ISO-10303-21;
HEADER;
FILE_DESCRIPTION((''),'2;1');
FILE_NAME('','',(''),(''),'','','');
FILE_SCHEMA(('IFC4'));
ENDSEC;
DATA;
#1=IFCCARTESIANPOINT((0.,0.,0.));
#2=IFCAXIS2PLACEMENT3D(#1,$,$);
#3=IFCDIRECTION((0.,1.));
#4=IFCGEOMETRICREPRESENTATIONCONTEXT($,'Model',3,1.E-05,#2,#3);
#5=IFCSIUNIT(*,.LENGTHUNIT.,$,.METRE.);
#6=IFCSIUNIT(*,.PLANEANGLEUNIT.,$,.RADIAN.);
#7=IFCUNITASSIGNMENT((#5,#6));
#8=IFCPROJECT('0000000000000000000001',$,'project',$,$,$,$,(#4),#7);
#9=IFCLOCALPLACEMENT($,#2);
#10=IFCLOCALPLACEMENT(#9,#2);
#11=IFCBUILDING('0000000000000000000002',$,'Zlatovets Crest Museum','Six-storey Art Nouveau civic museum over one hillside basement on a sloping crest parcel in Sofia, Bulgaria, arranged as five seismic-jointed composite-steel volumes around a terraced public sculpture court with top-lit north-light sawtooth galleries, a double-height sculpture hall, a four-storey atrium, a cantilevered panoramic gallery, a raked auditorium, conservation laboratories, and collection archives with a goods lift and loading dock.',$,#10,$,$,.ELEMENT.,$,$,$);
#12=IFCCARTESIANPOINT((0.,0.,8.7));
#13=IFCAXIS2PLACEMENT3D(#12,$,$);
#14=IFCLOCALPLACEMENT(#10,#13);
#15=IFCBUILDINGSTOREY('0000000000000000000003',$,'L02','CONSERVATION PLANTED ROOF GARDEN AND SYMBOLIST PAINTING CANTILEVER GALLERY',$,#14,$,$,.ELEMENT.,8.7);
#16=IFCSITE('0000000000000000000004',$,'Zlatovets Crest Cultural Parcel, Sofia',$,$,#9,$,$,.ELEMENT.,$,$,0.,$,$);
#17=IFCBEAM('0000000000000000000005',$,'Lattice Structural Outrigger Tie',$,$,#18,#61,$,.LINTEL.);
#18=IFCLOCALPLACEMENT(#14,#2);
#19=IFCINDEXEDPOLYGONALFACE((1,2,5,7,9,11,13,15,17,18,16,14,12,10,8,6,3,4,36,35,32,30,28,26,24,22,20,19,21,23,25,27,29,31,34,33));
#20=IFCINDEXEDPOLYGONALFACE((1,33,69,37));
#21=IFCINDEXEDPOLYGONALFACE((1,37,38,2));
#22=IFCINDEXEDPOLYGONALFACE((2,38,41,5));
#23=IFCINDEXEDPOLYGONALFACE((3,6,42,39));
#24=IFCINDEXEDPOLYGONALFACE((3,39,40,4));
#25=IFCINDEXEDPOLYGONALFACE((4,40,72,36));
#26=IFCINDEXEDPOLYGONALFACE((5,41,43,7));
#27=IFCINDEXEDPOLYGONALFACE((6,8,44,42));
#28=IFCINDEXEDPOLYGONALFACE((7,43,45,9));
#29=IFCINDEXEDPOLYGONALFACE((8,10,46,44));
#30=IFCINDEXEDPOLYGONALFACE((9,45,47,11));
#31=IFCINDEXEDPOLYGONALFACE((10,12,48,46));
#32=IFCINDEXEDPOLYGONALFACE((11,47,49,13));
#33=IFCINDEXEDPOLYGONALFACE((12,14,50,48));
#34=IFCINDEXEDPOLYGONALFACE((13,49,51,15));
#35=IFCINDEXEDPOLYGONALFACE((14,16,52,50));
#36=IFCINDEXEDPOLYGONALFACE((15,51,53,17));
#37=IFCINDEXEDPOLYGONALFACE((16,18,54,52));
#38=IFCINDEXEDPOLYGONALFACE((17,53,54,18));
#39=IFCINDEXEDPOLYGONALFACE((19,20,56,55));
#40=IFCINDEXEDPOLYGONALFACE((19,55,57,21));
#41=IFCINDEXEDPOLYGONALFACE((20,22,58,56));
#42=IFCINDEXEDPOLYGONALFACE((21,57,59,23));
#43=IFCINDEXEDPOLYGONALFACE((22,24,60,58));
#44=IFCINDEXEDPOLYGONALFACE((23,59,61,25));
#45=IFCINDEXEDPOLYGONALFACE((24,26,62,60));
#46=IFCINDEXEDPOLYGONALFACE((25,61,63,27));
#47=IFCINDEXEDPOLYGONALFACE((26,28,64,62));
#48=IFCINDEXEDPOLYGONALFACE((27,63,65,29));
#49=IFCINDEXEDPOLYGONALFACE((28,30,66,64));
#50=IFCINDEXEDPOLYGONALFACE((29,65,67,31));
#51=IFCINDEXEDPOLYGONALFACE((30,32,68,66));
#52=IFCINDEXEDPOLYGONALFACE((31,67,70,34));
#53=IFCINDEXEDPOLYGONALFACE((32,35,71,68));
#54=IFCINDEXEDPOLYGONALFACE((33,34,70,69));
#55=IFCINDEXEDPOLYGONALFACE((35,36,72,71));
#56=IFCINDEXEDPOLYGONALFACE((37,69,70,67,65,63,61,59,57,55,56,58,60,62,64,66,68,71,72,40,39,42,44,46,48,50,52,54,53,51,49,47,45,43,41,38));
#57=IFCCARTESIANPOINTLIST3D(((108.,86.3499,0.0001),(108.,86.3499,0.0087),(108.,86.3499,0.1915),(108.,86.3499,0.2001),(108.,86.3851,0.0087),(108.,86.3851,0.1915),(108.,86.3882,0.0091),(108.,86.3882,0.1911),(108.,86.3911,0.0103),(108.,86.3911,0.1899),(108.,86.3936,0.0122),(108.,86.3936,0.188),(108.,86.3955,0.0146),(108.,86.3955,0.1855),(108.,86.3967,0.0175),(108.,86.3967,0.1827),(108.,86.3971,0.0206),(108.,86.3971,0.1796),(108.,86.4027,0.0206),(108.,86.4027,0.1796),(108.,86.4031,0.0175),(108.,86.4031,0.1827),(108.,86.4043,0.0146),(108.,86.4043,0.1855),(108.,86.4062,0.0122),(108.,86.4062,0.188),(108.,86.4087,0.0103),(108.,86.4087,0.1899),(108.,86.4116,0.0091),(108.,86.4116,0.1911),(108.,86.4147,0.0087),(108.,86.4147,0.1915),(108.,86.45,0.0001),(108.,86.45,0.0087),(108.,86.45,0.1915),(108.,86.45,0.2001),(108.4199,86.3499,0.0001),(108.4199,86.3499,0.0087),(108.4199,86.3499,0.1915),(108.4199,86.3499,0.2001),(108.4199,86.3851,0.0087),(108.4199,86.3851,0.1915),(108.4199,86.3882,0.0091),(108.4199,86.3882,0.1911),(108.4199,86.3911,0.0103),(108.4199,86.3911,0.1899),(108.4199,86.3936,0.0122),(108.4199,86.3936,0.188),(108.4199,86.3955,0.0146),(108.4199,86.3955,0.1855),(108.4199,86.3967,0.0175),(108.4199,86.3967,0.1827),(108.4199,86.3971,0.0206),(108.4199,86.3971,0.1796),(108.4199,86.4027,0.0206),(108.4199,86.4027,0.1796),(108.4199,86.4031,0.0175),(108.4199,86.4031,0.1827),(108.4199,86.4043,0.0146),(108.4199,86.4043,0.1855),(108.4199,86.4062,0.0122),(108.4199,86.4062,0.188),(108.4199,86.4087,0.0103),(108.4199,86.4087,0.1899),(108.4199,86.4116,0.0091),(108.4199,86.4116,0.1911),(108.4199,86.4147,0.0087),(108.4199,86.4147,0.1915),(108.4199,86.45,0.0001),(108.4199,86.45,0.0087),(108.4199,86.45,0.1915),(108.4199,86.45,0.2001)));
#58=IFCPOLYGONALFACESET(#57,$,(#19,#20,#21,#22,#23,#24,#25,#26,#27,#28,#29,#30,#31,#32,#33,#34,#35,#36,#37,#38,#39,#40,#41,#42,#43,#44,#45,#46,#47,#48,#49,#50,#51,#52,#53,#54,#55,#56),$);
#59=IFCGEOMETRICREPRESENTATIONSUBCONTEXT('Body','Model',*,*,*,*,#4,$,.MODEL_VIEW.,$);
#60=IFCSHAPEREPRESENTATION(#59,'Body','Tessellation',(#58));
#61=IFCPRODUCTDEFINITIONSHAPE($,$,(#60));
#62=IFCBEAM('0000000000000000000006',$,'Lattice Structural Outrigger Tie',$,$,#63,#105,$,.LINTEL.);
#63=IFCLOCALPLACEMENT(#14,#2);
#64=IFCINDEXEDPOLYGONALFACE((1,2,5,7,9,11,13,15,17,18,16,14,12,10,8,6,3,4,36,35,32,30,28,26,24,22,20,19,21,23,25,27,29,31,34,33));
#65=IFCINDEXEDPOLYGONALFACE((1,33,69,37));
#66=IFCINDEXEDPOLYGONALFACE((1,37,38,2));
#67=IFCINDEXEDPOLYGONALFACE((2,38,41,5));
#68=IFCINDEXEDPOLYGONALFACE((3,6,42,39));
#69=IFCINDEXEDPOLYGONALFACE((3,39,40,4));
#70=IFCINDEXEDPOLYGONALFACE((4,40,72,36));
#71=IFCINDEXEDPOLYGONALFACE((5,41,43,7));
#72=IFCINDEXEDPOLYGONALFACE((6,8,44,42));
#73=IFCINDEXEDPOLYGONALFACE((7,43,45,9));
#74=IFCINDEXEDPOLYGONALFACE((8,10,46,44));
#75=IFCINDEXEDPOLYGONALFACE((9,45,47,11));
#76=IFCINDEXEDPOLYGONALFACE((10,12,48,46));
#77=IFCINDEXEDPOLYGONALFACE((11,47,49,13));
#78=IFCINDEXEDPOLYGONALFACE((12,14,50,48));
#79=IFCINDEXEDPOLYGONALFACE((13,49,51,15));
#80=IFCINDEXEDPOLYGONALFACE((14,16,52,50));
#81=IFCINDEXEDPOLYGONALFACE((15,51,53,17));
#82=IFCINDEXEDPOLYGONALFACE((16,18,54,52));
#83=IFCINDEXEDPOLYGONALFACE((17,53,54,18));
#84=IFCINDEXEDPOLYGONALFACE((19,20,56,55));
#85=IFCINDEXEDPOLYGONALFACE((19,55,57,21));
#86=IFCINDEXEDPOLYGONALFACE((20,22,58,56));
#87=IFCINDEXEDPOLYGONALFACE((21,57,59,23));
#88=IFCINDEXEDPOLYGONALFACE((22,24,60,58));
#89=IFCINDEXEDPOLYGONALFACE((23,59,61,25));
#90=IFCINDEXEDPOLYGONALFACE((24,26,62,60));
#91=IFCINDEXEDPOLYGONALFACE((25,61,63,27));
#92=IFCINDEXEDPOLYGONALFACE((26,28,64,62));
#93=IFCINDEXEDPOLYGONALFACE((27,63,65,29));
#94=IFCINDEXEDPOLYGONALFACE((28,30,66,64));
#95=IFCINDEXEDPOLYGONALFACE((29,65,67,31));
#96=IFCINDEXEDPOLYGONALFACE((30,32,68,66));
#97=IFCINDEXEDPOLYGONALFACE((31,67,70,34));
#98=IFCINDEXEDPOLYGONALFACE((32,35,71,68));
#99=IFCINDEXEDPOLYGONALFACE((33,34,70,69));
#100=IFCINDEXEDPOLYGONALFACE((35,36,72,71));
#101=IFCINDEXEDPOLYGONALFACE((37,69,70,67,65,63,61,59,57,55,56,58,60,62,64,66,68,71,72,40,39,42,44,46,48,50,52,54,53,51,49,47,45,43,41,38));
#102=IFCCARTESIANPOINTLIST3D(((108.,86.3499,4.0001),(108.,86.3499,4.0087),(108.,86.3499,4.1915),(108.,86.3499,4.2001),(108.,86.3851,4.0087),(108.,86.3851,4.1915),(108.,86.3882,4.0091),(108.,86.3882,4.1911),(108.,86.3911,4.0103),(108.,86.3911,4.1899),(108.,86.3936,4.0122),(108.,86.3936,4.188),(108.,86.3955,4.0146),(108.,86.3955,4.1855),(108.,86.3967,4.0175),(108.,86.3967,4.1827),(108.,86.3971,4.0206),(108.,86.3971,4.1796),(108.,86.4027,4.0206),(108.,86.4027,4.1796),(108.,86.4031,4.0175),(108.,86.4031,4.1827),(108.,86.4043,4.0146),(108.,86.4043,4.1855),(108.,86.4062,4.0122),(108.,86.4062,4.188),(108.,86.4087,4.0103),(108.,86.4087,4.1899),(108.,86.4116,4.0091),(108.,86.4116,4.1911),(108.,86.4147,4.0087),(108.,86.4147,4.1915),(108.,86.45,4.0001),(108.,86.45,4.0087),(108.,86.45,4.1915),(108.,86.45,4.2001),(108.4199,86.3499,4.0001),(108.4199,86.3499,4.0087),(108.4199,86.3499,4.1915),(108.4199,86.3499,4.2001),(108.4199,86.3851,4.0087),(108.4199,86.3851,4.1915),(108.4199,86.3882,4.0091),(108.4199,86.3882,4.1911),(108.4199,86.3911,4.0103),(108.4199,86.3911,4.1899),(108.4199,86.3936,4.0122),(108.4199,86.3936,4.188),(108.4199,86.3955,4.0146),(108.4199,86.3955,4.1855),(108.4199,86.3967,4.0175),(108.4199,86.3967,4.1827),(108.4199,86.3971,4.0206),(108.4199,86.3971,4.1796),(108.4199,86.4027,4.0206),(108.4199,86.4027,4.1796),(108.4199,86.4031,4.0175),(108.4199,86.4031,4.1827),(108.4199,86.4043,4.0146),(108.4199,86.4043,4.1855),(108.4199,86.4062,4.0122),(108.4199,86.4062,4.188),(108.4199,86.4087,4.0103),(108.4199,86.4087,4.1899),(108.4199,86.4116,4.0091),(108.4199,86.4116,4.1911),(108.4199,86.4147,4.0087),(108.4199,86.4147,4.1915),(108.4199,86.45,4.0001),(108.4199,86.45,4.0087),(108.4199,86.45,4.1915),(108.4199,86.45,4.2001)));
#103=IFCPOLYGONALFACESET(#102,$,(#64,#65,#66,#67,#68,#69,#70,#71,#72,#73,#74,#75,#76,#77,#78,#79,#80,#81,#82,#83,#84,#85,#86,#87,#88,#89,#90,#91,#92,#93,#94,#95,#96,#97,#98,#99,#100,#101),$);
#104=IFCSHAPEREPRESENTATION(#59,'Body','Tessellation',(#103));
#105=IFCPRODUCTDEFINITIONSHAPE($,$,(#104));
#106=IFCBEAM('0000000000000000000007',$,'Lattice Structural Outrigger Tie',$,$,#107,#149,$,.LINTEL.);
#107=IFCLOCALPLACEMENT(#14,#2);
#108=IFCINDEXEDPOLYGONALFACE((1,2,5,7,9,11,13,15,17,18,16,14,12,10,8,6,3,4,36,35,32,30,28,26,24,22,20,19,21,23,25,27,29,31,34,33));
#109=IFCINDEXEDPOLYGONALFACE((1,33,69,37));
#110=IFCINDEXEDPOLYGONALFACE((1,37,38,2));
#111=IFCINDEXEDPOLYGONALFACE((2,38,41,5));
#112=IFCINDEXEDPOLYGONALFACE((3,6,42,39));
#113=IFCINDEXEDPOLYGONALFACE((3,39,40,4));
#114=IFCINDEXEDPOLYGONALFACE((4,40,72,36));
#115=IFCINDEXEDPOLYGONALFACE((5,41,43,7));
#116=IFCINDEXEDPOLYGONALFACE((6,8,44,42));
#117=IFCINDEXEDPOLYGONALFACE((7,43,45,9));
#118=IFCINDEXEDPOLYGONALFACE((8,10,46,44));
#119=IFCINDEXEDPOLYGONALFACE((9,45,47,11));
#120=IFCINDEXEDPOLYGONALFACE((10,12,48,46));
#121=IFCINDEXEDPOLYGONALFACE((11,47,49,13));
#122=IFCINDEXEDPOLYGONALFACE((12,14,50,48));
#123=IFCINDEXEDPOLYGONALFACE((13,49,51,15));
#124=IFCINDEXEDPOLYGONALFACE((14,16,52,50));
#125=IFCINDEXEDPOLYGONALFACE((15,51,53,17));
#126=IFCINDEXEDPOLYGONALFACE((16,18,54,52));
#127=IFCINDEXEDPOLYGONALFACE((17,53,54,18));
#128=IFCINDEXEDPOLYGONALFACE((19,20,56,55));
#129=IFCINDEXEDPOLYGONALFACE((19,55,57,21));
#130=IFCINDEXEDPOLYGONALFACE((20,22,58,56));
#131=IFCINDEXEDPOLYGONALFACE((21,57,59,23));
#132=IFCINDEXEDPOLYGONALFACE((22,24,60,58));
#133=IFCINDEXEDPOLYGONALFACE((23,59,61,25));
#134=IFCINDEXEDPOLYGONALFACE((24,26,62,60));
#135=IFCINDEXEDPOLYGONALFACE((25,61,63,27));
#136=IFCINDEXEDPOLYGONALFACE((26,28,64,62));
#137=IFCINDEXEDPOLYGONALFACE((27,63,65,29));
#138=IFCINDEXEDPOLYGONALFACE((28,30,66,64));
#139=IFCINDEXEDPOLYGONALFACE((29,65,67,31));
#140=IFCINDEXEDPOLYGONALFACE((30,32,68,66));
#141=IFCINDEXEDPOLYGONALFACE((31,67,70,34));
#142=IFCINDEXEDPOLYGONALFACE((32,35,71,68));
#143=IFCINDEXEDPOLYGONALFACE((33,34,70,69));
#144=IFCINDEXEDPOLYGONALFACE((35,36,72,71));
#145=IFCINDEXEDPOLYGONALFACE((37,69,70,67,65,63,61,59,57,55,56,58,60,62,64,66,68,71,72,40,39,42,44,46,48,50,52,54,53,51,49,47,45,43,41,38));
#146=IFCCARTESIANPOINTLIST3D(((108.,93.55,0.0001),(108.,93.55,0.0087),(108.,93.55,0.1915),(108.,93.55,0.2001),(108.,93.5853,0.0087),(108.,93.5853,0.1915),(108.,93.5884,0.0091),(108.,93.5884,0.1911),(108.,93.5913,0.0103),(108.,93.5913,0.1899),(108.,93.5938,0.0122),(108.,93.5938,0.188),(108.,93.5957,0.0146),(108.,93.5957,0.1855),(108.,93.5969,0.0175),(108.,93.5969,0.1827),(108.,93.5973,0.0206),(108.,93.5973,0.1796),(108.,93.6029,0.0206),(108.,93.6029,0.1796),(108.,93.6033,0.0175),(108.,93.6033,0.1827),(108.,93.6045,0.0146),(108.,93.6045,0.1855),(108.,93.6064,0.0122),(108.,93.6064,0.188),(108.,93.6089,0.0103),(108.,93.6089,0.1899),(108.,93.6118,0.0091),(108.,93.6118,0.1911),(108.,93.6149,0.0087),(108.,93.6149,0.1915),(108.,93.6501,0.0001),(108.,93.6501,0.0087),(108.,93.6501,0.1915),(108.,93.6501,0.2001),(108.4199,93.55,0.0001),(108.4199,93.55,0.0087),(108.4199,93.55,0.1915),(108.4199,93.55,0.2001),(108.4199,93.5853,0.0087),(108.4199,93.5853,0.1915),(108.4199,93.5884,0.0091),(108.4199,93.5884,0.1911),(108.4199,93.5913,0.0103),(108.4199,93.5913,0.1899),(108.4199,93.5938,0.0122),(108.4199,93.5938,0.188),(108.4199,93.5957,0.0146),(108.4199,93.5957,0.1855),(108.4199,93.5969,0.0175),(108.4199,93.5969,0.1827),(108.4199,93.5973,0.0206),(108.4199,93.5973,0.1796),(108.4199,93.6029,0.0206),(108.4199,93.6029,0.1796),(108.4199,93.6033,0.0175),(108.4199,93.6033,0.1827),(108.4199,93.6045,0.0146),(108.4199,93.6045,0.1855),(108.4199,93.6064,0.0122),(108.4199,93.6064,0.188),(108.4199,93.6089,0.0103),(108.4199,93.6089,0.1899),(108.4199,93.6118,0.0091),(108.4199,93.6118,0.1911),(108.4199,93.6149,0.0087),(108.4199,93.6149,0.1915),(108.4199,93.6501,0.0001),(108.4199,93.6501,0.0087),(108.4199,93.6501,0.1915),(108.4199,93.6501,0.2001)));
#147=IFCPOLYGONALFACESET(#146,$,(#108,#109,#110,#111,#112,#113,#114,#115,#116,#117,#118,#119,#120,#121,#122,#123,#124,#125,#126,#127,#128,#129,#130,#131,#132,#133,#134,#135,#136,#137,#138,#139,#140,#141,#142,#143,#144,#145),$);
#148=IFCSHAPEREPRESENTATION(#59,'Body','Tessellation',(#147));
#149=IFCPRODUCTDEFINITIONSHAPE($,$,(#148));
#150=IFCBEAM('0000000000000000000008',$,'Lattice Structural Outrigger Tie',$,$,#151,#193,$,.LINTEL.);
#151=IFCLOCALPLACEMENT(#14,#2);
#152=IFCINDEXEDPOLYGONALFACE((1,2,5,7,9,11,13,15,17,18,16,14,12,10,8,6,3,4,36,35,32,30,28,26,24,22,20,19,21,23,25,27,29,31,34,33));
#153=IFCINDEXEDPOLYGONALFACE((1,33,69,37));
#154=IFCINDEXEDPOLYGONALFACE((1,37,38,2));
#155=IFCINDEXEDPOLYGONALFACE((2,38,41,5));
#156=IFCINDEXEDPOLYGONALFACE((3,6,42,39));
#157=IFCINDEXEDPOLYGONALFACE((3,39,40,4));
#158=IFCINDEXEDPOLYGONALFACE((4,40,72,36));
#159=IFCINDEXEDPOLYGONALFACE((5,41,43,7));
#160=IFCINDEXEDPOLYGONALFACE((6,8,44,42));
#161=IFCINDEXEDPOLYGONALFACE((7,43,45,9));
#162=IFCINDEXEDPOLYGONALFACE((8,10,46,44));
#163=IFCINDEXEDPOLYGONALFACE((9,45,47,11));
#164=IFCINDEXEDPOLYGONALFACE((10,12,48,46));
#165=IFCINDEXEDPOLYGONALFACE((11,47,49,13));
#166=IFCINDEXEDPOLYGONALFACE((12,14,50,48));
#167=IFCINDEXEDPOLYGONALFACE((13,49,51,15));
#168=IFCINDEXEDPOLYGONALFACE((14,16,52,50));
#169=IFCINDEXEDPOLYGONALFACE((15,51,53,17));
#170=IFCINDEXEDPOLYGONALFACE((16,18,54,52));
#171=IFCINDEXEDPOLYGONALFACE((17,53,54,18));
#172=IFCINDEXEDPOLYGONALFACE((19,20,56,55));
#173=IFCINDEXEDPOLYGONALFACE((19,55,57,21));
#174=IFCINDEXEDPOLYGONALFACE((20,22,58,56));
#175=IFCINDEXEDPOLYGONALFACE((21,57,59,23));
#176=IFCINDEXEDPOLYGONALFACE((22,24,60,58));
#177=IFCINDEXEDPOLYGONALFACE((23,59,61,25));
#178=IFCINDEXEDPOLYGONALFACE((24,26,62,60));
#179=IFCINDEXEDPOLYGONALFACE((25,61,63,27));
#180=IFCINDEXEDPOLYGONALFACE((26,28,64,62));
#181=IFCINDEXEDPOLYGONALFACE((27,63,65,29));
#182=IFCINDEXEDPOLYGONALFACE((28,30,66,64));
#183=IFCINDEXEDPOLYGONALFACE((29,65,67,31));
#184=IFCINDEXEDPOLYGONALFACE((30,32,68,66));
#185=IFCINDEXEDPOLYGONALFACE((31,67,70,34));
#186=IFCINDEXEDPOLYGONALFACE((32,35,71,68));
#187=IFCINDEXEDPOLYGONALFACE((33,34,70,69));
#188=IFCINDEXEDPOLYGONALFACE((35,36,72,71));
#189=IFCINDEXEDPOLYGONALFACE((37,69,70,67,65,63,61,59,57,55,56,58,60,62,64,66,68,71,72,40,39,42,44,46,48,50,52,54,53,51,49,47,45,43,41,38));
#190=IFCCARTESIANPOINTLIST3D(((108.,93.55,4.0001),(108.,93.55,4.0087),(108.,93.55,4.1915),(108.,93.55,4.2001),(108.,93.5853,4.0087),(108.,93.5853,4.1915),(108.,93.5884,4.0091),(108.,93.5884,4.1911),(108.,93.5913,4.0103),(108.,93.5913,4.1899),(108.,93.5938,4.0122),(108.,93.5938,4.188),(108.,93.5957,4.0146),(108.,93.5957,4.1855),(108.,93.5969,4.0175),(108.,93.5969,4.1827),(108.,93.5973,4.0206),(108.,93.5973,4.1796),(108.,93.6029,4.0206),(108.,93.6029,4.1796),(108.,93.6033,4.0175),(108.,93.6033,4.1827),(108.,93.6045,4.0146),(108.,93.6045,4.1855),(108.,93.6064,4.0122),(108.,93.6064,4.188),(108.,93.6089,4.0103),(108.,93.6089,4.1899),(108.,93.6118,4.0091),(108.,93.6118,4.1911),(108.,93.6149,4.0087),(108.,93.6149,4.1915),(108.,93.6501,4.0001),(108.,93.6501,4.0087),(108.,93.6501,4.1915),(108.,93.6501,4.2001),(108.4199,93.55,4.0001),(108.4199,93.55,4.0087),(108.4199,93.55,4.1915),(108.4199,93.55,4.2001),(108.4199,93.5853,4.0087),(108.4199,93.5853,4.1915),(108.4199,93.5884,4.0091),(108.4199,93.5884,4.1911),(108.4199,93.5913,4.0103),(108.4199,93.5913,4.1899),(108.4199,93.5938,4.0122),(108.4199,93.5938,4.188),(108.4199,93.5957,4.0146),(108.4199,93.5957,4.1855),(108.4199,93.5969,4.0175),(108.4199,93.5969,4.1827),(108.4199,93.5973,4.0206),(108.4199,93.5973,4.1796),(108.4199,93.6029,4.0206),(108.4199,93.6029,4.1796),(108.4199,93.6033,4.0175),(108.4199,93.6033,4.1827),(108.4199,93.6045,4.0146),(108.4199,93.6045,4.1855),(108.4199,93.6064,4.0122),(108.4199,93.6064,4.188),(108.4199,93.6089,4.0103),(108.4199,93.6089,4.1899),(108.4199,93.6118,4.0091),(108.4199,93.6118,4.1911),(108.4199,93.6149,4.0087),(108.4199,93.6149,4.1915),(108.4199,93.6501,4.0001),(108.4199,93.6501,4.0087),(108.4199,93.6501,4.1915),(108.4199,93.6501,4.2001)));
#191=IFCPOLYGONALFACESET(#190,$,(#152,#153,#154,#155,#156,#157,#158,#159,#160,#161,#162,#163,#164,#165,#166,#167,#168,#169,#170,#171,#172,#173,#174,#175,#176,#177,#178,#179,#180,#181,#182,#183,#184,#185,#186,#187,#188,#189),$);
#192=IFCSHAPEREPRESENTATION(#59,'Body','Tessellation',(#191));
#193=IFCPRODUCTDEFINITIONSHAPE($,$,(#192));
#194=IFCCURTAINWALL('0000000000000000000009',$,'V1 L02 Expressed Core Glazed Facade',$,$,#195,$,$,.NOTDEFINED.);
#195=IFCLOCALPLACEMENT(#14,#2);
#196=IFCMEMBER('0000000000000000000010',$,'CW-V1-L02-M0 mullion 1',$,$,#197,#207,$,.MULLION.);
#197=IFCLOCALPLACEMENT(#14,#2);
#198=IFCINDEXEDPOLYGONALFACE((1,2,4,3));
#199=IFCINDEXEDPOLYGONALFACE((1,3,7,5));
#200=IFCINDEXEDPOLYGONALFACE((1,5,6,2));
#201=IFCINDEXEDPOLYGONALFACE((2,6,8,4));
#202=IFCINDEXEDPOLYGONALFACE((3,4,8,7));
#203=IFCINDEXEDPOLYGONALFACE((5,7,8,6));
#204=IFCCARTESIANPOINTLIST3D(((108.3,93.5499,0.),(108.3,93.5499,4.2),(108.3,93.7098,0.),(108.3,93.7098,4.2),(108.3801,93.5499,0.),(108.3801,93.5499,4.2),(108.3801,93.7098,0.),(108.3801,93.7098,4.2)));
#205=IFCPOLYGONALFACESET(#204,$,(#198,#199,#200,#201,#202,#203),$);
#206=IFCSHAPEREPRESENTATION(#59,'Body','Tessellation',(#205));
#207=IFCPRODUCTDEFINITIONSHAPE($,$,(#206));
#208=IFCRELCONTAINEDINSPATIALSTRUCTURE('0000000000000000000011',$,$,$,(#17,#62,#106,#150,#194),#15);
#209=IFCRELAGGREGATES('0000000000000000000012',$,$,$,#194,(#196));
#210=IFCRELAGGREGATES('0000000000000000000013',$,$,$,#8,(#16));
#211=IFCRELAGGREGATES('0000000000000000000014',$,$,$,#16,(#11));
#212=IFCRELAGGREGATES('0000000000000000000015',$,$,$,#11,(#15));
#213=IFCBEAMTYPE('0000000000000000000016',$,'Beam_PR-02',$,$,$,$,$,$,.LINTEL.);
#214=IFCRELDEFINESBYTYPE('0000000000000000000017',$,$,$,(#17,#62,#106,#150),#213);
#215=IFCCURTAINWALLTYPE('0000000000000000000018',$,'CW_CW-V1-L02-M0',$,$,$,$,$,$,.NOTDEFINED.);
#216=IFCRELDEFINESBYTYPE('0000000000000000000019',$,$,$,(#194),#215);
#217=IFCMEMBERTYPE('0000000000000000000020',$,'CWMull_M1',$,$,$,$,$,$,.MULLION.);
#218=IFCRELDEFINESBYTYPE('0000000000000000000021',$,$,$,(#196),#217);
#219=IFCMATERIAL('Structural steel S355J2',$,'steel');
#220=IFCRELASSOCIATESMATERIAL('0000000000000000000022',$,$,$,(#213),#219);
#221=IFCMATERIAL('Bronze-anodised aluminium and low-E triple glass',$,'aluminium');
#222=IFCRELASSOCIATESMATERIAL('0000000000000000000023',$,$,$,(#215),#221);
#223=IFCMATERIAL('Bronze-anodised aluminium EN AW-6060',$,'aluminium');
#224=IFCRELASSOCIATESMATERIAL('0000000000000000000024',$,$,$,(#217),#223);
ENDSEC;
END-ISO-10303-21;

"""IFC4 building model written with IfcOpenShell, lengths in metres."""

from ifc_helpers import new_model, si_unit, direction, frame, origin, origin_2d, place, context, subcontext, project, spatial, rectangle, i_section, extrude, material, material_profile, profile_set, type_object, element, aggregate, save


model = new_model("IFC4")

# Units and contexts
model_context = context("Model", 3, precision=1e-05, world=origin(), true_north=direction((0.0, 1.0)))
body_context = subcontext(model_context, "Body", "Model", "MODEL_VIEW")
ifc_project = project(units=[si_unit("LENGTHUNIT", "METRE"), si_unit("PLANEANGLEUNIT", "RADIAN")], contexts=[model_context])

# Site, building, storey
site_placement = place(None, origin())
site = spatial("IfcSite", under=ifc_project, at=site_placement, Name="Zlatovets Crest Cultural Parcel, Sofia", CompositionType="ELEMENT", RefElevation=0.0)
building_placement = place(site_placement, origin())
building = spatial("IfcBuilding", under=site, at=building_placement, Name="Zlatovets Crest Museum", Description="Six-storey Art Nouveau civic museum over one hillside basement on a sloping crest parcel in Sofia, Bulgaria, arranged as five seismic-jointed composite-steel volumes around a terraced public sculpture court with top-lit north-light sawtooth galleries, a double-height sculpture hall, a four-storey atrium, a cantilevered panoramic gallery, a raked auditorium, conservation laboratories, and collection archives with a goods lift and loading dock.", CompositionType="ELEMENT")
storey_placement = place(building_placement, frame((0.0, 0.0, 8.7)))
storey = spatial("IfcBuildingStorey", under=building, at=storey_placement, Name="L02", Description="CONSERVATION PLANTED ROOF GARDEN AND SYMBOLIST PAINTING CANTILEVER GALLERY", CompositionType="ELEMENT", Elevation=8.7)

# Shared definitions
ifc_material_1 = material(Name="Structural steel S355J2", Category="steel")

# Beams
ifc_material_profile_1 = material_profile(ifc_material_1, i_section(OverallWidth=0.1001, OverallDepth=0.2, WebThickness=0.0056, FlangeThickness=0.0085, FilletRadius=0.012, at=origin_2d()), Name="IPE 200")
ifc_profile_set_1 = profile_set([ifc_material_profile_1], Name="Structural steel S355J2")
beam_type_1 = type_object("IfcBeamType", Name="Beam_PR-02", PredefinedType="LINTEL", material=ifc_profile_set_1)
for number, where, z_axis, x_axis, name in (
    (1, (108.0, 86.3999, 0.1001), (1.0, 0.0, 0.0), (0.0, 1.0, 0.0), "Lattice Structural Outrigger Tie"),
    (2, (108.0, 86.3999, 4.1001), (1.0, 0.0, 0.0), (0.0, 1.0, 0.0), "Lattice Structural Outrigger Tie"),
    (3, (108.0, 93.6001, 0.1001), (1.0, 0.0, 0.0), (0.0, 1.0, 0.0), "Lattice Structural Outrigger Tie"),
    (4, (108.0, 93.6001, 4.1001), (1.0, 0.0, 0.0), (0.0, 1.0, 0.0), "Lattice Structural Outrigger Tie"),
):
    element("IfcBeam", number, at=place(storey_placement, frame(where, z_axis=z_axis, x_axis=x_axis)), inside=storey, type_object=beam_type_1, Name=name, PredefinedType="LINTEL", context=body_context, shape_type="SweptSolid", body=[
        extrude(i_section(OverallWidth=0.1001, OverallDepth=0.2, WebThickness=0.0056, FlangeThickness=0.0085, FilletRadius=0.012, at=origin_2d()), origin(), (0.0, 0.0, 1.0), 0.4199),
    ])

# Curtain wall, member
ifc_material_2 = material(Name="Bronze-anodised aluminium and low-E triple glass", Category="aluminium")
curtain_wall_type = type_object("IfcCurtainWallType", Name="CW_CW-V1-L02-M0", PredefinedType="NOTDEFINED", material=ifc_material_2)
curtain_wall_placement = place(storey_placement, origin())
curtain_wall = element("IfcCurtainWall", 5, at=curtain_wall_placement, inside=storey, type_object=curtain_wall_type, Name="V1 L02 Expressed Core Glazed Facade", PredefinedType="NOTDEFINED")
ifc_material_3 = material(Name="Bronze-anodised aluminium EN AW-6060", Category="aluminium")
ifc_material_profile_2 = material_profile(ifc_material_3, rectangle(XDim=0.0801, YDim=0.1599, at=origin_2d()), Name="ALU 80x160")
ifc_profile_set_2 = profile_set([ifc_material_profile_2], Name="Bronze-anodised aluminium EN AW-6060")
member_type = type_object("IfcMemberType", Name="CWMull_M1", PredefinedType="MULLION", material=ifc_profile_set_2)
member_placement = place(storey_placement, frame((108.3401, 93.6299, 0.0), z_axis=(0.0, 0.0, 1.0), x_axis=(-1.0, 0.0, 0.0)))
member = element("IfcMember", 6, at=member_placement, type_object=member_type, Name="CW-V1-L02-M0 mullion 1", PredefinedType="MULLION", context=body_context, shape_type="SweptSolid", body=[
    extrude(rectangle(XDim=0.0801, YDim=0.1599, at=origin_2d()), origin(), (0.0, 0.0, 1.0), 4.2),
])
aggregate(curtain_wall, [member])

save(model, "model.ifc")
